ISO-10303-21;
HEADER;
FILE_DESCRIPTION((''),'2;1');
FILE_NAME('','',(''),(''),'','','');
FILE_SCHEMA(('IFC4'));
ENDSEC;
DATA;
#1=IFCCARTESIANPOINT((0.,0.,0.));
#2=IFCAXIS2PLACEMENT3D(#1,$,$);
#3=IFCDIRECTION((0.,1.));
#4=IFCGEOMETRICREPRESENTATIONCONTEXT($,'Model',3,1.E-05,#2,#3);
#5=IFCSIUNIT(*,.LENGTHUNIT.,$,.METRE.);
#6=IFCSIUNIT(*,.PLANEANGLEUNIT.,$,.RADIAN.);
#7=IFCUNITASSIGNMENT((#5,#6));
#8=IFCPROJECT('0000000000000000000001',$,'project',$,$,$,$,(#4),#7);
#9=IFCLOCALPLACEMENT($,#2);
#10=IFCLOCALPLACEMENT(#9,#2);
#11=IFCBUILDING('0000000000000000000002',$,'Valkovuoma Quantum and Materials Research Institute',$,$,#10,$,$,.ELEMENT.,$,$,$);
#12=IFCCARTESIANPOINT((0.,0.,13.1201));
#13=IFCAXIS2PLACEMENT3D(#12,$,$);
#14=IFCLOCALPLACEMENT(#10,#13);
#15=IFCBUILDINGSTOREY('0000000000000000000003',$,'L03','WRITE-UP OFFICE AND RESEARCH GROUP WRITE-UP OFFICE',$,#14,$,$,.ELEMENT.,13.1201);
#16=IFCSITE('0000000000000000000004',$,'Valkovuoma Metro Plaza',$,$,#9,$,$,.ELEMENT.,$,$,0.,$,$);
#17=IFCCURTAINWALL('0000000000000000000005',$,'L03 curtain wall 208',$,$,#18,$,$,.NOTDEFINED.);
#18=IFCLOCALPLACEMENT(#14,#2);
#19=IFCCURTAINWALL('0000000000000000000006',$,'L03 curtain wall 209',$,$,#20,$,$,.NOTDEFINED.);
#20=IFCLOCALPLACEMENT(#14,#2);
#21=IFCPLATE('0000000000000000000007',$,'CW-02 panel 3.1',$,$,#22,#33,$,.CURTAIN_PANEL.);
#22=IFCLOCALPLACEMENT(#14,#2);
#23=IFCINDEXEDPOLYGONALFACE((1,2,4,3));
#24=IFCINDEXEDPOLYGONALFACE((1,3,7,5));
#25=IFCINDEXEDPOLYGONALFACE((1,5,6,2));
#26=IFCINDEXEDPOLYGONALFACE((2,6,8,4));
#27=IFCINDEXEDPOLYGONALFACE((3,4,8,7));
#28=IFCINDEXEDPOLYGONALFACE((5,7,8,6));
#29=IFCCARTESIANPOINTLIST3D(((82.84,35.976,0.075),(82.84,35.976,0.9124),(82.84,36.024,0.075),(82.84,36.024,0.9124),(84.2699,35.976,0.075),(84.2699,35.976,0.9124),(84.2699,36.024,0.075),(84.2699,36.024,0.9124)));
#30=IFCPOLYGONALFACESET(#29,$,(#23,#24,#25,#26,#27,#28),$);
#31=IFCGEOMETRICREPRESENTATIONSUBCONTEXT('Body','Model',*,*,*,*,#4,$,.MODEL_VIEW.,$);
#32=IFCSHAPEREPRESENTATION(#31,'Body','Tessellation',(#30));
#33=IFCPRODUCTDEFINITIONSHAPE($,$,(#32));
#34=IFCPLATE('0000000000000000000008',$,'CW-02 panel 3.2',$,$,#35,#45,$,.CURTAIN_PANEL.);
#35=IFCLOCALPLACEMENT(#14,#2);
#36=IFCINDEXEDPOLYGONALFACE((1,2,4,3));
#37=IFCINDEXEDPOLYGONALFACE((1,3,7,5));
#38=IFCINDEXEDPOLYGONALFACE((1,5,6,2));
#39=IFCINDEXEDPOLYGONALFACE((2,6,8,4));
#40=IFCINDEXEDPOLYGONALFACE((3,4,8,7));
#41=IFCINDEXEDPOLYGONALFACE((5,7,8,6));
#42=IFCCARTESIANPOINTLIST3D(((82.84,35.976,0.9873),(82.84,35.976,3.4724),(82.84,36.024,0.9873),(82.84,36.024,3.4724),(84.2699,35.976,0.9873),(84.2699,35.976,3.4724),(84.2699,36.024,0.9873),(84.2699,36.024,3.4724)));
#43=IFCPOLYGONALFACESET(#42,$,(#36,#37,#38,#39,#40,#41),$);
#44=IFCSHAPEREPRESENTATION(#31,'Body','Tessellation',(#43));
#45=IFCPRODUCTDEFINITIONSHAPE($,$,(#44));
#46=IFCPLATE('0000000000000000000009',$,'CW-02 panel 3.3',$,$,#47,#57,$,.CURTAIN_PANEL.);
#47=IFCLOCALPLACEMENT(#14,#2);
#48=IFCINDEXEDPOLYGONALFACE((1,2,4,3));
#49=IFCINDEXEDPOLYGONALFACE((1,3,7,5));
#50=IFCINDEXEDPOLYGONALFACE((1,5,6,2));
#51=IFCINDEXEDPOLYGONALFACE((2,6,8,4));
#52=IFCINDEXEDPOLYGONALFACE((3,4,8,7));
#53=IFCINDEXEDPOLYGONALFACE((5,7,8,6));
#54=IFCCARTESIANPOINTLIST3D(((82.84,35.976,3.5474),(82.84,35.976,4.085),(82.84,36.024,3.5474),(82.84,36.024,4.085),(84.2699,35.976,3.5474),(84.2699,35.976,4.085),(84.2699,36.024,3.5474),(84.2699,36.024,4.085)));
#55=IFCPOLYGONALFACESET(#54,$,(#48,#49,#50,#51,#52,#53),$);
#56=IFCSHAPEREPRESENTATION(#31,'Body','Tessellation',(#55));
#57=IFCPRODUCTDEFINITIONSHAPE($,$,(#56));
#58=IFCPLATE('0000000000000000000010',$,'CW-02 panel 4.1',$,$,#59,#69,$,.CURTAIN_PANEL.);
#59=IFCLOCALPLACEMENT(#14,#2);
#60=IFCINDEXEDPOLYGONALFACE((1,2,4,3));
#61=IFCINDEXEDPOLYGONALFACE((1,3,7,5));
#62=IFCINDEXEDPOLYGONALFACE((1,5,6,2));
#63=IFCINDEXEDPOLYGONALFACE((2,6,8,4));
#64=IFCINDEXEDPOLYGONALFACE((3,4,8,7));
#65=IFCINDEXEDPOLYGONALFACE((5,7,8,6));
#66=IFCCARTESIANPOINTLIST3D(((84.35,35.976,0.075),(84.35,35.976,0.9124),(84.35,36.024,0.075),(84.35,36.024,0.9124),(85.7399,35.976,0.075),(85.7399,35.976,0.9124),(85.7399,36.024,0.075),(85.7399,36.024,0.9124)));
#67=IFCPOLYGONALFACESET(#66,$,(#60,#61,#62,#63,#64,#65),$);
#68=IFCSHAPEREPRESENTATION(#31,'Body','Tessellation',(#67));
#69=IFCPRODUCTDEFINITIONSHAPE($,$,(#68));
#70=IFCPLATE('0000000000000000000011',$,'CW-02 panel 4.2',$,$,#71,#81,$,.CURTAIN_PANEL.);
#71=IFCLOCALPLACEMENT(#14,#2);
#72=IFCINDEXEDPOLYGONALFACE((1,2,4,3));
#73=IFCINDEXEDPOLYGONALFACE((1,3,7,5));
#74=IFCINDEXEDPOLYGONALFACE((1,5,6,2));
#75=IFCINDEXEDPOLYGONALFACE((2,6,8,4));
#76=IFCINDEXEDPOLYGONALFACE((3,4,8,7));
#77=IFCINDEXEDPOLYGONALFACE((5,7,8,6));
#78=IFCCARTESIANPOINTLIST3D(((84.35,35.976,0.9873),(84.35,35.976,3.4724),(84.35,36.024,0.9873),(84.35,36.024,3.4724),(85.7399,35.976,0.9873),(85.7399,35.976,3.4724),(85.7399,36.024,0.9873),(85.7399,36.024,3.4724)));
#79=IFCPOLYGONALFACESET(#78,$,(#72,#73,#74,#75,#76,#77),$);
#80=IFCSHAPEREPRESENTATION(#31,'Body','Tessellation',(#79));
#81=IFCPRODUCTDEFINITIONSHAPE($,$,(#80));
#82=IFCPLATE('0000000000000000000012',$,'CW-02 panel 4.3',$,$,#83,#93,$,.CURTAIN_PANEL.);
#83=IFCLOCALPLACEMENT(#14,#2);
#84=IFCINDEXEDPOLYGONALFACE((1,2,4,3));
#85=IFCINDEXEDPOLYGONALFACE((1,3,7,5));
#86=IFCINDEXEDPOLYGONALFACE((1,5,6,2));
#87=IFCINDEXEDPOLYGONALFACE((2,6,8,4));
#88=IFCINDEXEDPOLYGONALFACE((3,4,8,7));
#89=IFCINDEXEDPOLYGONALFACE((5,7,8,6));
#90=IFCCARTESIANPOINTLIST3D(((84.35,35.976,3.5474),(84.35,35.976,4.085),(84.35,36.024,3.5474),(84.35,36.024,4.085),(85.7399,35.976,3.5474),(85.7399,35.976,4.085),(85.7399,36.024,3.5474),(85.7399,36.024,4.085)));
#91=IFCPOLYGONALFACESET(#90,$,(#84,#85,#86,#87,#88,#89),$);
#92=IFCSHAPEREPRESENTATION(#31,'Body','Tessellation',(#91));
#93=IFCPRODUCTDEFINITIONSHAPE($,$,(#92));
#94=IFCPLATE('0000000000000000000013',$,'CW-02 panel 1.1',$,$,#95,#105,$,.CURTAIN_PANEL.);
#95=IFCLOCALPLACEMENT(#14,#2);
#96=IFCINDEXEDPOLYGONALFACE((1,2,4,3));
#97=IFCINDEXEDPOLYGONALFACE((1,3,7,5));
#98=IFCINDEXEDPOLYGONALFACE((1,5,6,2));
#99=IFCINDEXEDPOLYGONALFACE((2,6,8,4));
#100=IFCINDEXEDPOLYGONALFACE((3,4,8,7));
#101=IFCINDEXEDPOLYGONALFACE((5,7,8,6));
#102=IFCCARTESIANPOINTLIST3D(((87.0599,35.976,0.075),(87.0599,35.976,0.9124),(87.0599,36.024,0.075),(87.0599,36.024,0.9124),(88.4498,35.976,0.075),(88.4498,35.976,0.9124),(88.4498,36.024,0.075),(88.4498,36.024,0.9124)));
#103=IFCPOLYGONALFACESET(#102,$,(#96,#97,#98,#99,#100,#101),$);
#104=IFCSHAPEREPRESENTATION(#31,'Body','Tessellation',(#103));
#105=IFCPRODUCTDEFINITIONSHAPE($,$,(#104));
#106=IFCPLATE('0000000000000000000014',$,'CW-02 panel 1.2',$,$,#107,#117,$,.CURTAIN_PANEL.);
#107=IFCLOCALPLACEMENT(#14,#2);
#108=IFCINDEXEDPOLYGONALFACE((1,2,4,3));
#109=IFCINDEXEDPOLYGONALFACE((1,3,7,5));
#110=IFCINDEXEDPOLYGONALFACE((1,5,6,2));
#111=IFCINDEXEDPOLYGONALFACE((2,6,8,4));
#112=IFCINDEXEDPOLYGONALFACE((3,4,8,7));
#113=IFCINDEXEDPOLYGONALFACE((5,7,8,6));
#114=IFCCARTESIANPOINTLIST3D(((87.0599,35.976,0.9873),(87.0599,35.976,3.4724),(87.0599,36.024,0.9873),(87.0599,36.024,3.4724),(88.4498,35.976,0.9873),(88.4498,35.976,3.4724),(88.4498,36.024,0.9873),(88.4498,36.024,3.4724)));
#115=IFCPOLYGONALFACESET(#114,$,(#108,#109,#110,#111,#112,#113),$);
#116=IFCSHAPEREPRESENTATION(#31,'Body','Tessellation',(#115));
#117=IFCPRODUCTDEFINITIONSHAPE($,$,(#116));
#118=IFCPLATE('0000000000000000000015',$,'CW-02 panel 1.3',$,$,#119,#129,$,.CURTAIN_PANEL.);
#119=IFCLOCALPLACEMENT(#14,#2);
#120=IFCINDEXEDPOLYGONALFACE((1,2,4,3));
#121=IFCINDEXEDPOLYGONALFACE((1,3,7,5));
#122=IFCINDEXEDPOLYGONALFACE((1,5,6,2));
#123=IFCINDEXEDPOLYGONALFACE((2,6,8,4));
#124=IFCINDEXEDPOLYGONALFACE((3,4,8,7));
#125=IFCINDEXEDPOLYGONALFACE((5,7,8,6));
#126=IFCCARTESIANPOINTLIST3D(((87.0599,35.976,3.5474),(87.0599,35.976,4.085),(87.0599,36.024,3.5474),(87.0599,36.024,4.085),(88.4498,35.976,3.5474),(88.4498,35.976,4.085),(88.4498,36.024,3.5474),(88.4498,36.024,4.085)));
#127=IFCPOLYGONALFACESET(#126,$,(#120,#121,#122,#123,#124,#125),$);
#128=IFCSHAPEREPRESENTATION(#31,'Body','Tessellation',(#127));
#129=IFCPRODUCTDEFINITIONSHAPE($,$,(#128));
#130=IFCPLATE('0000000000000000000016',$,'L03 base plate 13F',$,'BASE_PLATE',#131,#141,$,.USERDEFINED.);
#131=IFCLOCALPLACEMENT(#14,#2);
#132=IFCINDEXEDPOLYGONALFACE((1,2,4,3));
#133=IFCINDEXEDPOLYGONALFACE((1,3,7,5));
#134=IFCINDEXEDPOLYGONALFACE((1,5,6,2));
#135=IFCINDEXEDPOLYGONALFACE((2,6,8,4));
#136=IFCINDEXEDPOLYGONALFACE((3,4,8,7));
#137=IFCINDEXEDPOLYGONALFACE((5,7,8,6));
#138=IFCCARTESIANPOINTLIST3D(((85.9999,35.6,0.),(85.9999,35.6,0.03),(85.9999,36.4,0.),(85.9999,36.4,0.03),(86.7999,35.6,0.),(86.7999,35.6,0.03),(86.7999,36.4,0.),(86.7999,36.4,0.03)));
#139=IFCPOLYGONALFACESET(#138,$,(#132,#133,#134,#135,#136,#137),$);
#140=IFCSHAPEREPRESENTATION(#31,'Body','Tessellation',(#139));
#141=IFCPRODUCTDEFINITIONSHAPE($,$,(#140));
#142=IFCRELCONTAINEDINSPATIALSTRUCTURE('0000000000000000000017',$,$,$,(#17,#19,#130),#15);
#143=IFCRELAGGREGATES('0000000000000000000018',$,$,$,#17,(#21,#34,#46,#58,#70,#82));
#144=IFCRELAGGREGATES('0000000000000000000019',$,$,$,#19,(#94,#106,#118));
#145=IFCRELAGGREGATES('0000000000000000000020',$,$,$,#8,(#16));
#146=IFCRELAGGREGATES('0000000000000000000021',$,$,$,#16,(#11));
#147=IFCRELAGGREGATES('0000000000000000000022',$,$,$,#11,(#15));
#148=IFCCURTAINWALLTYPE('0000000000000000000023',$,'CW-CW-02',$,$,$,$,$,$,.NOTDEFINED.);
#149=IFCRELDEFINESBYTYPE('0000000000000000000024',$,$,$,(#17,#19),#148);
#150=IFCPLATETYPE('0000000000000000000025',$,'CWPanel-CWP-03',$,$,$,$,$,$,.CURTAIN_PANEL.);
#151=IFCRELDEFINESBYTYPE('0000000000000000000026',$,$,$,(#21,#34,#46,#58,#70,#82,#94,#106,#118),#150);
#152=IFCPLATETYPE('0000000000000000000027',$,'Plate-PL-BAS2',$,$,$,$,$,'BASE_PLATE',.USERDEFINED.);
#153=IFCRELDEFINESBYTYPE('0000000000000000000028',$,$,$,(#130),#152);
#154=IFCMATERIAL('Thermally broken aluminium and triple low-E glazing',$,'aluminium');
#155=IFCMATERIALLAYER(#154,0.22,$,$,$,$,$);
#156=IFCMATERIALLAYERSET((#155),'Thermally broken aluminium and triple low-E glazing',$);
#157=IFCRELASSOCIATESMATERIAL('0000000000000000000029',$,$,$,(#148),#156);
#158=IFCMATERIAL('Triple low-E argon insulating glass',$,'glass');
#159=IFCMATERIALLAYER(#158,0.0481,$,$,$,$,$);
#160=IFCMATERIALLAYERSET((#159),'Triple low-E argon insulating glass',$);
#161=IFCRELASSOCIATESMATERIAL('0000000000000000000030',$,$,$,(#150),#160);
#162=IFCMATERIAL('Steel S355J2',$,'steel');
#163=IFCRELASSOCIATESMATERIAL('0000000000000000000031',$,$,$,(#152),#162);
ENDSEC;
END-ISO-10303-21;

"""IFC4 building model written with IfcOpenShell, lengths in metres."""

from ifc_helpers import new_model, si_unit, direction, frame, origin, origin_2d, place, context, subcontext, project, spatial, rectangle, extrude, material, layer, layer_set, type_object, element, aggregate, save


model = new_model("IFC4")

# Units and contexts
model_context = context("Model", 3, precision=1e-05, world=origin(), true_north=direction((0.0, 1.0)))
body_context = subcontext(model_context, "Body", "Model", "MODEL_VIEW")
ifc_project = project(units=[si_unit("LENGTHUNIT", "METRE"), si_unit("PLANEANGLEUNIT", "RADIAN")], contexts=[model_context])

# Site, building, storey
site_placement = place(None, origin())
site = spatial("IfcSite", under=ifc_project, at=site_placement, Name="Valkovuoma Metro Plaza", CompositionType="ELEMENT", RefElevation=0.0)
building_placement = place(site_placement, origin())
building = spatial("IfcBuilding", under=site, at=building_placement, Name="Valkovuoma Quantum and Materials Research Institute", CompositionType="ELEMENT")
storey_placement = place(building_placement, frame((0.0, 0.0, 13.1201)))
storey = spatial("IfcBuildingStorey", under=building, at=storey_placement, Name="L03", Description="WRITE-UP OFFICE AND RESEARCH GROUP WRITE-UP OFFICE", CompositionType="ELEMENT", Elevation=13.1201)

# Curtain walls
ifc_material_1 = material(Name="Thermally broken aluminium and triple low-E glazing", Category="aluminium")
ifc_layer_1 = layer(ifc_material_1, 0.22)
ifc_layer_set_1 = layer_set([ifc_layer_1], Name="Thermally broken aluminium and triple low-E glazing")
curtain_wall_type = type_object("IfcCurtainWallType", Name="CW-CW-02", PredefinedType="NOTDEFINED", material=ifc_layer_set_1)
curtain_wall_1_placement = place(storey_placement, origin())
curtain_wall_1 = element("IfcCurtainWall", 1, at=curtain_wall_1_placement, inside=storey, type_object=curtain_wall_type, Name="L03 curtain wall 208", PredefinedType="NOTDEFINED")
curtain_wall_2_placement = place(storey_placement, origin())
curtain_wall_2 = element("IfcCurtainWall", 2, at=curtain_wall_2_placement, inside=storey, type_object=curtain_wall_type, Name="L03 curtain wall 209", PredefinedType="NOTDEFINED")

# Plates
ifc_material_2 = material(Name="Triple low-E argon insulating glass", Category="glass")
ifc_layer_2 = layer(ifc_material_2, 0.0481)
ifc_layer_set_2 = layer_set([ifc_layer_2], Name="Triple low-E argon insulating glass")
plate_type_1 = type_object("IfcPlateType", Name="CWPanel-CWP-03", PredefinedType="CURTAIN_PANEL", material=ifc_layer_set_2)
plate_1_placement = place(storey_placement, frame((83.5549, 36.0, 0.075), z_axis=(0.0, 0.0, 1.0), x_axis=(1.0, 0.0, 0.0)))
plate_1 = element("IfcPlate", 3, at=plate_1_placement, type_object=plate_type_1, Name="CW-02 panel 3.1", PredefinedType="CURTAIN_PANEL", context=body_context, shape_type="SweptSolid", body=[
    extrude(rectangle(XDim=1.4299, YDim=0.0481, at=origin_2d()), origin(), (0.0, 0.0, 1.0), 0.8374),
])
plate_2_placement = place(storey_placement, frame((83.5549, 36.0, 0.9873), z_axis=(0.0, 0.0, 1.0), x_axis=(1.0, 0.0, 0.0)))
plate_2 = element("IfcPlate", 4, at=plate_2_placement, type_object=plate_type_1, Name="CW-02 panel 3.2", PredefinedType="CURTAIN_PANEL", context=body_context, shape_type="SweptSolid", body=[
    extrude(rectangle(XDim=1.4299, YDim=0.0481, at=origin_2d()), origin(), (0.0, 0.0, 1.0), 2.4851),
])
plate_3_placement = place(storey_placement, frame((83.5549, 36.0, 3.5474), z_axis=(0.0, 0.0, 1.0), x_axis=(1.0, 0.0, 0.0)))
plate_3 = element("IfcPlate", 5, at=plate_3_placement, type_object=plate_type_1, Name="CW-02 panel 3.3", PredefinedType="CURTAIN_PANEL", context=body_context, shape_type="SweptSolid", body=[
    extrude(rectangle(XDim=1.4299, YDim=0.0481, at=origin_2d()), origin(), (0.0, 0.0, 1.0), 0.5376),
])
plate_4_placement = place(storey_placement, frame((85.0449, 36.0, 0.075), z_axis=(0.0, 0.0, 1.0), x_axis=(1.0, 0.0, 0.0)))
plate_4 = element("IfcPlate", 6, at=plate_4_placement, type_object=plate_type_1, Name="CW-02 panel 4.1", PredefinedType="CURTAIN_PANEL", context=body_context, shape_type="SweptSolid", body=[
    extrude(rectangle(XDim=1.3899, YDim=0.0481, at=origin_2d()), origin(), (0.0, 0.0, 1.0), 0.8374),
])
plate_5_placement = place(storey_placement, frame((85.0449, 36.0, 0.9873), z_axis=(0.0, 0.0, 1.0), x_axis=(1.0, 0.0, 0.0)))
plate_5 = element("IfcPlate", 7, at=plate_5_placement, type_object=plate_type_1, Name="CW-02 panel 4.2", PredefinedType="CURTAIN_PANEL", context=body_context, shape_type="SweptSolid", body=[
    extrude(rectangle(XDim=1.3899, YDim=0.0481, at=origin_2d()), origin(), (0.0, 0.0, 1.0), 2.4851),
])
plate_6_placement = place(storey_placement, frame((85.0449, 36.0, 3.5474), z_axis=(0.0, 0.0, 1.0), x_axis=(1.0, 0.0, 0.0)))
plate_6 = element("IfcPlate", 8, at=plate_6_placement, type_object=plate_type_1, Name="CW-02 panel 4.3", PredefinedType="CURTAIN_PANEL", context=body_context, shape_type="SweptSolid", body=[
    extrude(rectangle(XDim=1.3899, YDim=0.0481, at=origin_2d()), origin(), (0.0, 0.0, 1.0), 0.5376),
])
aggregate(curtain_wall_1, [plate_1, plate_2, plate_3, plate_4, plate_5, plate_6])
plate_7_placement = place(storey_placement, frame((87.7549, 36.0, 0.075), z_axis=(0.0, 0.0, 1.0), x_axis=(1.0, 0.0, 0.0)))
plate_7 = element("IfcPlate", 9, at=plate_7_placement, type_object=plate_type_1, Name="CW-02 panel 1.1", PredefinedType="CURTAIN_PANEL", context=body_context, shape_type="SweptSolid", body=[
    extrude(rectangle(XDim=1.3899, YDim=0.0481, at=origin_2d()), origin(), (0.0, 0.0, 1.0), 0.8374),
])
plate_8_placement = place(storey_placement, frame((87.7549, 36.0, 0.9873), z_axis=(0.0, 0.0, 1.0), x_axis=(1.0, 0.0, 0.0)))
plate_8 = element("IfcPlate", 10, at=plate_8_placement, type_object=plate_type_1, Name="CW-02 panel 1.2", PredefinedType="CURTAIN_PANEL", context=body_context, shape_type="SweptSolid", body=[
    extrude(rectangle(XDim=1.3899, YDim=0.0481, at=origin_2d()), origin(), (0.0, 0.0, 1.0), 2.4851),
])
plate_9_placement = place(storey_placement, frame((87.7549, 36.0, 3.5474), z_axis=(0.0, 0.0, 1.0), x_axis=(1.0, 0.0, 0.0)))
plate_9 = element("IfcPlate", 11, at=plate_9_placement, type_object=plate_type_1, Name="CW-02 panel 1.3", PredefinedType="CURTAIN_PANEL", context=body_context, shape_type="SweptSolid", body=[
    extrude(rectangle(XDim=1.3899, YDim=0.0481, at=origin_2d()), origin(), (0.0, 0.0, 1.0), 0.5376),
])
aggregate(curtain_wall_2, [plate_7, plate_8, plate_9])
ifc_material_3 = material(Name="Steel S355J2", Category="steel")
plate_type_2 = type_object("IfcPlateType", Name="Plate-PL-BAS2", ElementType="BASE_PLATE", PredefinedType="USERDEFINED", material=ifc_material_3)
plate_10_placement = place(storey_placement, frame((86.3999, 36.0, 0.0), z_axis=(0.0, 0.0, 1.0), x_axis=(1.0, 0.0, 0.0)))
element("IfcPlate", 12, at=plate_10_placement, inside=storey, type_object=plate_type_2, Name="L03 base plate 13F", ObjectType="BASE_PLATE", PredefinedType="USERDEFINED", context=body_context, shape_type="SweptSolid", body=[
    extrude(rectangle(XDim=0.8, YDim=0.8, at=origin_2d()), origin(), (0.0, 0.0, 1.0), 0.03),
])

save(model, "model.ifc")
